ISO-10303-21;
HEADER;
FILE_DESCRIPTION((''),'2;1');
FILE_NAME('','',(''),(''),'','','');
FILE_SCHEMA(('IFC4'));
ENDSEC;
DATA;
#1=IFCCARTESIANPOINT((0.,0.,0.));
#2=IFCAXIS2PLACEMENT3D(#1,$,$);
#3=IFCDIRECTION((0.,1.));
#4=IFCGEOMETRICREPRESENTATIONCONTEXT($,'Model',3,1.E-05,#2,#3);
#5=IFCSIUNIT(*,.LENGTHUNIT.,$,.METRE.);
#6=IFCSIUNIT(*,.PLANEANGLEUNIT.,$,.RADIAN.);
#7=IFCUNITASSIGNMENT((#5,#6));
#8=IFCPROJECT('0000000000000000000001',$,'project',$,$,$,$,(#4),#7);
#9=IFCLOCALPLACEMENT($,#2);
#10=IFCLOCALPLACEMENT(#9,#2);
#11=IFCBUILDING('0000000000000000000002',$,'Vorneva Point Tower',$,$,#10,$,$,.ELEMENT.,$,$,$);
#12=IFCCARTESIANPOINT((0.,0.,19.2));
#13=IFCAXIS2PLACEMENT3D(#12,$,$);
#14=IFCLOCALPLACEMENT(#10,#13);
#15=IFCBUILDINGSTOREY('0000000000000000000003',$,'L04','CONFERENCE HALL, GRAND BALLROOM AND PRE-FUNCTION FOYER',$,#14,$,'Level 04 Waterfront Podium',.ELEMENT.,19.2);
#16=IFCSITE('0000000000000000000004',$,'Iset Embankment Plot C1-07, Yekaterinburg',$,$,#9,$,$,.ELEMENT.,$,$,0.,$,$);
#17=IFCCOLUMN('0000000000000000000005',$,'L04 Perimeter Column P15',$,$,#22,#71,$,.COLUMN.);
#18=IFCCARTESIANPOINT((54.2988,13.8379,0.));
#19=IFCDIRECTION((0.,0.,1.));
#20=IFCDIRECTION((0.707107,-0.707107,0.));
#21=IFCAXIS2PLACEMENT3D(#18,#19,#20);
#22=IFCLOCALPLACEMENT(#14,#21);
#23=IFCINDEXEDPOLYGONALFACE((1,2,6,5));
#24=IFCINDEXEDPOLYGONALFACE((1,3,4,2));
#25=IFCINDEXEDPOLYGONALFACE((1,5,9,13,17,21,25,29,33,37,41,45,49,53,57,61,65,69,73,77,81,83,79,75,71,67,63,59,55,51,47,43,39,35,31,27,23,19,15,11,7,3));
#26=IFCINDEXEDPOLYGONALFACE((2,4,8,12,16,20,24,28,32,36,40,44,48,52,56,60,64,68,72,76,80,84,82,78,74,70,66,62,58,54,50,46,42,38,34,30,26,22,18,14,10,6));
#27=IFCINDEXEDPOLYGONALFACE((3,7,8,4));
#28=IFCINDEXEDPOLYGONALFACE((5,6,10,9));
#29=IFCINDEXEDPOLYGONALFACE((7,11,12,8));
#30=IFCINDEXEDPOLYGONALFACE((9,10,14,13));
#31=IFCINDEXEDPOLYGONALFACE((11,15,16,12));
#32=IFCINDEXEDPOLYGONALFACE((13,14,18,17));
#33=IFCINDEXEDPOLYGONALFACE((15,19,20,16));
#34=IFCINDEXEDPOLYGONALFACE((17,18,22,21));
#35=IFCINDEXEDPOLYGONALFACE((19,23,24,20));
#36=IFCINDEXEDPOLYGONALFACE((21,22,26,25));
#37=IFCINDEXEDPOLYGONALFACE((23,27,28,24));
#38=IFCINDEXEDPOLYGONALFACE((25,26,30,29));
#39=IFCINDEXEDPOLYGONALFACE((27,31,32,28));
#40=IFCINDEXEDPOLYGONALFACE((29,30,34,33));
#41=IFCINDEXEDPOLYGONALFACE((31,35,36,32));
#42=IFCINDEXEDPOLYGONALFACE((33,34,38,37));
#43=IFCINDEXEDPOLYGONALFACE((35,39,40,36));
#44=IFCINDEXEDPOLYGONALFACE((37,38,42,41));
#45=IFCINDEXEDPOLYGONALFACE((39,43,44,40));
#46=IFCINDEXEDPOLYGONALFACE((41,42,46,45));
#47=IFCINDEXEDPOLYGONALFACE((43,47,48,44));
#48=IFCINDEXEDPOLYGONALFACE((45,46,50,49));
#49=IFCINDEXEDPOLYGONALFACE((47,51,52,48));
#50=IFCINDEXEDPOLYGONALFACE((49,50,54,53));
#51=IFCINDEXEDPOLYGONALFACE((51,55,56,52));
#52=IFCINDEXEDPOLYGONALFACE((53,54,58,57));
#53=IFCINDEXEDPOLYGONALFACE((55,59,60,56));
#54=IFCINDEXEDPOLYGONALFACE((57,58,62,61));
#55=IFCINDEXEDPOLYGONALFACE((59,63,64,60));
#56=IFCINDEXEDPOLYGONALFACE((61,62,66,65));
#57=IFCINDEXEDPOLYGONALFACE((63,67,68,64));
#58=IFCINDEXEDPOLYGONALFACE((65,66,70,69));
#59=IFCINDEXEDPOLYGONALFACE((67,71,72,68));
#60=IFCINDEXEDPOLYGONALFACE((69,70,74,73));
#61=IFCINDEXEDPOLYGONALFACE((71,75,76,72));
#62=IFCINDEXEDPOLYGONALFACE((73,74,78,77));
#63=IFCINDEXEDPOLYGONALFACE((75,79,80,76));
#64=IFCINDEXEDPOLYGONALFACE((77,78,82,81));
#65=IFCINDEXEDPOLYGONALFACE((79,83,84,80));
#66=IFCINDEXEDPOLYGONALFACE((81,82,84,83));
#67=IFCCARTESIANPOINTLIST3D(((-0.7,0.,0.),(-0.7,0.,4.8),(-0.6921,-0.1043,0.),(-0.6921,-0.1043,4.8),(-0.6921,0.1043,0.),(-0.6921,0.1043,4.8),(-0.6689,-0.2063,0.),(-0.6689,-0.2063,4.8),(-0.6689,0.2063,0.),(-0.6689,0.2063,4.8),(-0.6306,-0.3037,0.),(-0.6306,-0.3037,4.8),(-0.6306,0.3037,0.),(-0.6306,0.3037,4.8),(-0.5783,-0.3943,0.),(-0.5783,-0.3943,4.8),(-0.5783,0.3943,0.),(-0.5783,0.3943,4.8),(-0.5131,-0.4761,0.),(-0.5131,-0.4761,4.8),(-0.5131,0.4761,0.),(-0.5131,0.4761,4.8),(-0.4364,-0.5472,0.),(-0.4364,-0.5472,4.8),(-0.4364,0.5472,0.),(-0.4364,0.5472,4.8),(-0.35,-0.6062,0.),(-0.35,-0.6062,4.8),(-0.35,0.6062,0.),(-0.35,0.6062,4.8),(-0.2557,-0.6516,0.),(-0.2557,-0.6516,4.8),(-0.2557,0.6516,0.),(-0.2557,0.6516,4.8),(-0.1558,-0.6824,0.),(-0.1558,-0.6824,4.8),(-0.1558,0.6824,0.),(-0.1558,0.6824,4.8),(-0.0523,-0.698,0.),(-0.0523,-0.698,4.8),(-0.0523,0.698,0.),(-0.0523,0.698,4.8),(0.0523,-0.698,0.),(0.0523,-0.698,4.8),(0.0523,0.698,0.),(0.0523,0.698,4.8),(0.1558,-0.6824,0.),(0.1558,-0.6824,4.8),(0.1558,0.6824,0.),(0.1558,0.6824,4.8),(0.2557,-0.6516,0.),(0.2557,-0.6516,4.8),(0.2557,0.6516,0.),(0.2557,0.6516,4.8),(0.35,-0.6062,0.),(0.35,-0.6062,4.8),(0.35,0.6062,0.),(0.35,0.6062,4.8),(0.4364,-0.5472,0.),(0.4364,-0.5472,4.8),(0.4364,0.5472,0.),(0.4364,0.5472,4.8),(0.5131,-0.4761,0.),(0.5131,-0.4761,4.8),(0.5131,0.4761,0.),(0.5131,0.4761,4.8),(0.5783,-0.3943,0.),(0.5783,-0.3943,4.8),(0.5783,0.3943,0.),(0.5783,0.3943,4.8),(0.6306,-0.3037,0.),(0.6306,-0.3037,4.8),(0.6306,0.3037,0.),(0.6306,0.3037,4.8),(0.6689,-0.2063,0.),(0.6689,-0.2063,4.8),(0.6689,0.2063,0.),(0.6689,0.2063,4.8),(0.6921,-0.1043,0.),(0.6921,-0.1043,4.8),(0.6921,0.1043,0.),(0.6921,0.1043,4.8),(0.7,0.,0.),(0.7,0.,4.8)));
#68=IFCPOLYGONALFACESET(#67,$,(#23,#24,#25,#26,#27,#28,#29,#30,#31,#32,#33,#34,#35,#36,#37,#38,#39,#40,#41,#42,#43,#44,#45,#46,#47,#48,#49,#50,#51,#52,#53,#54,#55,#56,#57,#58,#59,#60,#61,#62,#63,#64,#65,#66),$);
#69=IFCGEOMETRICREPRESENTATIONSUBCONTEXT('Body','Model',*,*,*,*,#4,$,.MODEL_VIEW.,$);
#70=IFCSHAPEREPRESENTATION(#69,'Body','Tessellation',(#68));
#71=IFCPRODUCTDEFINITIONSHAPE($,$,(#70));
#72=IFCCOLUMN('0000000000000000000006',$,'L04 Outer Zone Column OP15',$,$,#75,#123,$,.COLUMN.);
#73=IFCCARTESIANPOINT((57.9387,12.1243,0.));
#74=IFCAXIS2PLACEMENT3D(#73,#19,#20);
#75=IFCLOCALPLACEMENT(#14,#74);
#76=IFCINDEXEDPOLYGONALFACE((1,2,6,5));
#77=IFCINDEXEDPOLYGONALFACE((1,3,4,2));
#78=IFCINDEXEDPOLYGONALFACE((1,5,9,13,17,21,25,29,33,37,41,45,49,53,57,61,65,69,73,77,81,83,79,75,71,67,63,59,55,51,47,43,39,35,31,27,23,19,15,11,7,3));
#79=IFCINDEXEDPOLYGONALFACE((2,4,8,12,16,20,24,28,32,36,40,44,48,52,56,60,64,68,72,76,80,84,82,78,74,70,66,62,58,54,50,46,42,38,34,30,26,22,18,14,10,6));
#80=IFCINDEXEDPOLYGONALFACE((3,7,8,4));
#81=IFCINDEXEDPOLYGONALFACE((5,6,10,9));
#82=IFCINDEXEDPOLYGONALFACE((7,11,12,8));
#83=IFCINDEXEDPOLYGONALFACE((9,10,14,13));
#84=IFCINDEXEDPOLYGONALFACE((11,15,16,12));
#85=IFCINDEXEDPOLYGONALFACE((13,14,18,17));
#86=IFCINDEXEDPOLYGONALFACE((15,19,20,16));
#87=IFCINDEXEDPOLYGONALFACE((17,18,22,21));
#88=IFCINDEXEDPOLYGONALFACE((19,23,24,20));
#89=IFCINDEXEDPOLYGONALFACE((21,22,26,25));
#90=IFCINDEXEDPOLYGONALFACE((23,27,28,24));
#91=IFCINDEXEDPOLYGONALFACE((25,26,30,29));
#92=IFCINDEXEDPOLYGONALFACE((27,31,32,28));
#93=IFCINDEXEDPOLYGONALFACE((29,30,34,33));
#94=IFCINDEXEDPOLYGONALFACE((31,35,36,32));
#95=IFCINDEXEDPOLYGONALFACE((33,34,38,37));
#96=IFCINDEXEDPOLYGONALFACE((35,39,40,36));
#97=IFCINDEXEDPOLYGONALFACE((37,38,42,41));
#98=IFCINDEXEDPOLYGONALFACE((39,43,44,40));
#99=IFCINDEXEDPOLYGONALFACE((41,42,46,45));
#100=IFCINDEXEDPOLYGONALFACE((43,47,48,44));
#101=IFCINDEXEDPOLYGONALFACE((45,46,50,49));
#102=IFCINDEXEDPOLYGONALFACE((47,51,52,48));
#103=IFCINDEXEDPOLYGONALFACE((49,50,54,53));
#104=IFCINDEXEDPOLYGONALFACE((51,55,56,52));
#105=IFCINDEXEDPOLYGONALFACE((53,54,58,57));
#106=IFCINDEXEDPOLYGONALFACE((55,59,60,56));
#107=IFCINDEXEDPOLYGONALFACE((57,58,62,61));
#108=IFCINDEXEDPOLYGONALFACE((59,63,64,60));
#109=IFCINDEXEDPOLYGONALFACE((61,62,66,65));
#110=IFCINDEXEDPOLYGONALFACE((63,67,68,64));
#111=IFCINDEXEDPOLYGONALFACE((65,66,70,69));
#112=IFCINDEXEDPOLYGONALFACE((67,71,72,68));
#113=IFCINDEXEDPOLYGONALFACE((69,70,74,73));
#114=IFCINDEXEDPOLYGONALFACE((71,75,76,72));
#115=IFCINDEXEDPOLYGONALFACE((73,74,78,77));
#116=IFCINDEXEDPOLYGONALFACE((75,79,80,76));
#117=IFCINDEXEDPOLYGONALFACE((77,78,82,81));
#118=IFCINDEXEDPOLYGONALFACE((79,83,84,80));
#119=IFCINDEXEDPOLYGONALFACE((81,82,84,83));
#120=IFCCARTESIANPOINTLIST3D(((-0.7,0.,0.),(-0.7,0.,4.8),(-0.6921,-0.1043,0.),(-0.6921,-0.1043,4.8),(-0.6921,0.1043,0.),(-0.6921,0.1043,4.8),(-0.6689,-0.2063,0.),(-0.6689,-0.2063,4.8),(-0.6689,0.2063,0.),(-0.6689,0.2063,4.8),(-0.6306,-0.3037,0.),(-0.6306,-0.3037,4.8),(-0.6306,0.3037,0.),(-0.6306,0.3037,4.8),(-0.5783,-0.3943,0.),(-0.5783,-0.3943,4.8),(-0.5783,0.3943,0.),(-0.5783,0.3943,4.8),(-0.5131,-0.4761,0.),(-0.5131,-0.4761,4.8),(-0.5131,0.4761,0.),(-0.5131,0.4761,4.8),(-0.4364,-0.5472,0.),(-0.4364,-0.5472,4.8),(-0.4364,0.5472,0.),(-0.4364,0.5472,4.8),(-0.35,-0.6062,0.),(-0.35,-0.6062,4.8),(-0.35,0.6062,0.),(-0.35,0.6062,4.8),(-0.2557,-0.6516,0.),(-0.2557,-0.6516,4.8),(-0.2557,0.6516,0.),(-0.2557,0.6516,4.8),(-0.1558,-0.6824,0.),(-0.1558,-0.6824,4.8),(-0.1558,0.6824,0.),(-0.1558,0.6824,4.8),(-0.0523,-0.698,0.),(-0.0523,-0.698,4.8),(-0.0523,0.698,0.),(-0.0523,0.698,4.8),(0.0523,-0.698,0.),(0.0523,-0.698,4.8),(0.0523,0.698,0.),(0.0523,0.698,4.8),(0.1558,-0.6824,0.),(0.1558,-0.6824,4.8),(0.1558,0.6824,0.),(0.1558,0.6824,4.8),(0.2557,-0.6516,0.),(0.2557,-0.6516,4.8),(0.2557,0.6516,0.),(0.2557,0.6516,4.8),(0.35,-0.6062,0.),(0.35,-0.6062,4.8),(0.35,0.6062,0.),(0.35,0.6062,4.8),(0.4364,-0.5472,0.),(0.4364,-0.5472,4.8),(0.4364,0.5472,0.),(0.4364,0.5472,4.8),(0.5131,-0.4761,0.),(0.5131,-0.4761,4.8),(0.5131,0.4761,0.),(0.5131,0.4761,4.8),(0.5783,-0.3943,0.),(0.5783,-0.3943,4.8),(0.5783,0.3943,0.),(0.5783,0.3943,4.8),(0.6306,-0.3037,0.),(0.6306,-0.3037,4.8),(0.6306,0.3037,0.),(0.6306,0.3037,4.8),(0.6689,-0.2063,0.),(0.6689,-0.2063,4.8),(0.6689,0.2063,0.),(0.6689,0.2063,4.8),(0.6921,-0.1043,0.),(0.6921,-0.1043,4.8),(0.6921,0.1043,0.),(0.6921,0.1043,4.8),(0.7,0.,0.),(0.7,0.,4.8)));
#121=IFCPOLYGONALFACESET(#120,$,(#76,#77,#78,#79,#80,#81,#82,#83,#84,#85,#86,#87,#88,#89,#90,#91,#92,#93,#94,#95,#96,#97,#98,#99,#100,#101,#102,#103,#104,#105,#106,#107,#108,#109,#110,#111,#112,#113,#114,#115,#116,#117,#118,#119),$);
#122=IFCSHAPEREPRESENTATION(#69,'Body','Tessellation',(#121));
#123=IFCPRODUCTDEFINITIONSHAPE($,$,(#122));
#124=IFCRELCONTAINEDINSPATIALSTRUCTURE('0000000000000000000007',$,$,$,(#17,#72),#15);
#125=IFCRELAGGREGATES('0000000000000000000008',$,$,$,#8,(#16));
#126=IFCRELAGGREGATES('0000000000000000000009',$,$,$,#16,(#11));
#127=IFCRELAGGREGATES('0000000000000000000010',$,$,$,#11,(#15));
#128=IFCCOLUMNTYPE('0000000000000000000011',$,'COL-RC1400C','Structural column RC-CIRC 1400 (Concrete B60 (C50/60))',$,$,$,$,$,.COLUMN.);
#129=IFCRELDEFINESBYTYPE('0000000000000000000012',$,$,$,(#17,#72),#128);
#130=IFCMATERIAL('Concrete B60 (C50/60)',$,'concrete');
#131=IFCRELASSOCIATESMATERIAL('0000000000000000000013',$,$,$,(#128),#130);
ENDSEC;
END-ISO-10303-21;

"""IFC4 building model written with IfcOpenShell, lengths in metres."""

from ifc_helpers import new_model, si_unit, direction, frame, origin, origin_2d, place, context, subcontext, project, spatial, circle, extrude, material, material_profile, profile_set, type_object, element, save


model = new_model("IFC4")

# Units and contexts
model_context = context("Model", 3, precision=1e-05, world=origin(), true_north=direction((0.0, 1.0)))
body_context = subcontext(model_context, "Body", "Model", "MODEL_VIEW")
ifc_project = project(units=[si_unit("LENGTHUNIT", "METRE"), si_unit("PLANEANGLEUNIT", "RADIAN")], contexts=[model_context])

# Site, building, storey
site_placement = place(None, origin())
site = spatial("IfcSite", under=ifc_project, at=site_placement, Name="Iset Embankment Plot C1-07, Yekaterinburg", CompositionType="ELEMENT", RefElevation=0.0)
building_placement = place(site_placement, origin())
building = spatial("IfcBuilding", under=site, at=building_placement, Name="Vorneva Point Tower", CompositionType="ELEMENT")
storey_placement = place(building_placement, frame((0.0, 0.0, 19.2)))
storey = spatial("IfcBuildingStorey", under=building, at=storey_placement, Name="L04", Description="CONFERENCE HALL, GRAND BALLROOM AND PRE-FUNCTION FOYER", LongName="Level 04 Waterfront Podium", CompositionType="ELEMENT", Elevation=19.2)

# Columns
ifc_material_1 = material(Name="Concrete B60 (C50/60)", Category="concrete")
ifc_material_profile_1 = material_profile(ifc_material_1, circle(Radius=0.7, at=origin_2d()), Name="RC-CIRC 1400")
ifc_profile_set_1 = profile_set([ifc_material_profile_1], Name="Concrete B60 (C50/60)")
column_type_1 = type_object("IfcColumnType", Name="COL-RC1400C", Description="Structural column RC-CIRC 1400 (Concrete B60 (C50/60))", PredefinedType="COLUMN", material=ifc_profile_set_1)
for number, where, z_axis, x_axis, name in (
    (1, (54.2988, 13.8379, 0.0), (0.0, 0.0, 1.0), (0.707107, -0.707107, 0.0), "L04 Perimeter Column P15"),
    (2, (57.9387, 12.1243, 0.0), (0.0, 0.0, 1.0), (0.707107, -0.707107, 0.0), "L04 Outer Zone Column OP15"),
):
    element("IfcColumn", number, at=place(storey_placement, frame(where, z_axis=z_axis, x_axis=x_axis)), inside=storey, type_object=column_type_1, Name=name, PredefinedType="COLUMN", context=body_context, shape_type="SweptSolid", body=[
        extrude(circle(Radius=0.7, at=origin_2d()), origin(), (0.0, 0.0, 1.0), 4.8),
    ])

save(model, "model.ifc")
